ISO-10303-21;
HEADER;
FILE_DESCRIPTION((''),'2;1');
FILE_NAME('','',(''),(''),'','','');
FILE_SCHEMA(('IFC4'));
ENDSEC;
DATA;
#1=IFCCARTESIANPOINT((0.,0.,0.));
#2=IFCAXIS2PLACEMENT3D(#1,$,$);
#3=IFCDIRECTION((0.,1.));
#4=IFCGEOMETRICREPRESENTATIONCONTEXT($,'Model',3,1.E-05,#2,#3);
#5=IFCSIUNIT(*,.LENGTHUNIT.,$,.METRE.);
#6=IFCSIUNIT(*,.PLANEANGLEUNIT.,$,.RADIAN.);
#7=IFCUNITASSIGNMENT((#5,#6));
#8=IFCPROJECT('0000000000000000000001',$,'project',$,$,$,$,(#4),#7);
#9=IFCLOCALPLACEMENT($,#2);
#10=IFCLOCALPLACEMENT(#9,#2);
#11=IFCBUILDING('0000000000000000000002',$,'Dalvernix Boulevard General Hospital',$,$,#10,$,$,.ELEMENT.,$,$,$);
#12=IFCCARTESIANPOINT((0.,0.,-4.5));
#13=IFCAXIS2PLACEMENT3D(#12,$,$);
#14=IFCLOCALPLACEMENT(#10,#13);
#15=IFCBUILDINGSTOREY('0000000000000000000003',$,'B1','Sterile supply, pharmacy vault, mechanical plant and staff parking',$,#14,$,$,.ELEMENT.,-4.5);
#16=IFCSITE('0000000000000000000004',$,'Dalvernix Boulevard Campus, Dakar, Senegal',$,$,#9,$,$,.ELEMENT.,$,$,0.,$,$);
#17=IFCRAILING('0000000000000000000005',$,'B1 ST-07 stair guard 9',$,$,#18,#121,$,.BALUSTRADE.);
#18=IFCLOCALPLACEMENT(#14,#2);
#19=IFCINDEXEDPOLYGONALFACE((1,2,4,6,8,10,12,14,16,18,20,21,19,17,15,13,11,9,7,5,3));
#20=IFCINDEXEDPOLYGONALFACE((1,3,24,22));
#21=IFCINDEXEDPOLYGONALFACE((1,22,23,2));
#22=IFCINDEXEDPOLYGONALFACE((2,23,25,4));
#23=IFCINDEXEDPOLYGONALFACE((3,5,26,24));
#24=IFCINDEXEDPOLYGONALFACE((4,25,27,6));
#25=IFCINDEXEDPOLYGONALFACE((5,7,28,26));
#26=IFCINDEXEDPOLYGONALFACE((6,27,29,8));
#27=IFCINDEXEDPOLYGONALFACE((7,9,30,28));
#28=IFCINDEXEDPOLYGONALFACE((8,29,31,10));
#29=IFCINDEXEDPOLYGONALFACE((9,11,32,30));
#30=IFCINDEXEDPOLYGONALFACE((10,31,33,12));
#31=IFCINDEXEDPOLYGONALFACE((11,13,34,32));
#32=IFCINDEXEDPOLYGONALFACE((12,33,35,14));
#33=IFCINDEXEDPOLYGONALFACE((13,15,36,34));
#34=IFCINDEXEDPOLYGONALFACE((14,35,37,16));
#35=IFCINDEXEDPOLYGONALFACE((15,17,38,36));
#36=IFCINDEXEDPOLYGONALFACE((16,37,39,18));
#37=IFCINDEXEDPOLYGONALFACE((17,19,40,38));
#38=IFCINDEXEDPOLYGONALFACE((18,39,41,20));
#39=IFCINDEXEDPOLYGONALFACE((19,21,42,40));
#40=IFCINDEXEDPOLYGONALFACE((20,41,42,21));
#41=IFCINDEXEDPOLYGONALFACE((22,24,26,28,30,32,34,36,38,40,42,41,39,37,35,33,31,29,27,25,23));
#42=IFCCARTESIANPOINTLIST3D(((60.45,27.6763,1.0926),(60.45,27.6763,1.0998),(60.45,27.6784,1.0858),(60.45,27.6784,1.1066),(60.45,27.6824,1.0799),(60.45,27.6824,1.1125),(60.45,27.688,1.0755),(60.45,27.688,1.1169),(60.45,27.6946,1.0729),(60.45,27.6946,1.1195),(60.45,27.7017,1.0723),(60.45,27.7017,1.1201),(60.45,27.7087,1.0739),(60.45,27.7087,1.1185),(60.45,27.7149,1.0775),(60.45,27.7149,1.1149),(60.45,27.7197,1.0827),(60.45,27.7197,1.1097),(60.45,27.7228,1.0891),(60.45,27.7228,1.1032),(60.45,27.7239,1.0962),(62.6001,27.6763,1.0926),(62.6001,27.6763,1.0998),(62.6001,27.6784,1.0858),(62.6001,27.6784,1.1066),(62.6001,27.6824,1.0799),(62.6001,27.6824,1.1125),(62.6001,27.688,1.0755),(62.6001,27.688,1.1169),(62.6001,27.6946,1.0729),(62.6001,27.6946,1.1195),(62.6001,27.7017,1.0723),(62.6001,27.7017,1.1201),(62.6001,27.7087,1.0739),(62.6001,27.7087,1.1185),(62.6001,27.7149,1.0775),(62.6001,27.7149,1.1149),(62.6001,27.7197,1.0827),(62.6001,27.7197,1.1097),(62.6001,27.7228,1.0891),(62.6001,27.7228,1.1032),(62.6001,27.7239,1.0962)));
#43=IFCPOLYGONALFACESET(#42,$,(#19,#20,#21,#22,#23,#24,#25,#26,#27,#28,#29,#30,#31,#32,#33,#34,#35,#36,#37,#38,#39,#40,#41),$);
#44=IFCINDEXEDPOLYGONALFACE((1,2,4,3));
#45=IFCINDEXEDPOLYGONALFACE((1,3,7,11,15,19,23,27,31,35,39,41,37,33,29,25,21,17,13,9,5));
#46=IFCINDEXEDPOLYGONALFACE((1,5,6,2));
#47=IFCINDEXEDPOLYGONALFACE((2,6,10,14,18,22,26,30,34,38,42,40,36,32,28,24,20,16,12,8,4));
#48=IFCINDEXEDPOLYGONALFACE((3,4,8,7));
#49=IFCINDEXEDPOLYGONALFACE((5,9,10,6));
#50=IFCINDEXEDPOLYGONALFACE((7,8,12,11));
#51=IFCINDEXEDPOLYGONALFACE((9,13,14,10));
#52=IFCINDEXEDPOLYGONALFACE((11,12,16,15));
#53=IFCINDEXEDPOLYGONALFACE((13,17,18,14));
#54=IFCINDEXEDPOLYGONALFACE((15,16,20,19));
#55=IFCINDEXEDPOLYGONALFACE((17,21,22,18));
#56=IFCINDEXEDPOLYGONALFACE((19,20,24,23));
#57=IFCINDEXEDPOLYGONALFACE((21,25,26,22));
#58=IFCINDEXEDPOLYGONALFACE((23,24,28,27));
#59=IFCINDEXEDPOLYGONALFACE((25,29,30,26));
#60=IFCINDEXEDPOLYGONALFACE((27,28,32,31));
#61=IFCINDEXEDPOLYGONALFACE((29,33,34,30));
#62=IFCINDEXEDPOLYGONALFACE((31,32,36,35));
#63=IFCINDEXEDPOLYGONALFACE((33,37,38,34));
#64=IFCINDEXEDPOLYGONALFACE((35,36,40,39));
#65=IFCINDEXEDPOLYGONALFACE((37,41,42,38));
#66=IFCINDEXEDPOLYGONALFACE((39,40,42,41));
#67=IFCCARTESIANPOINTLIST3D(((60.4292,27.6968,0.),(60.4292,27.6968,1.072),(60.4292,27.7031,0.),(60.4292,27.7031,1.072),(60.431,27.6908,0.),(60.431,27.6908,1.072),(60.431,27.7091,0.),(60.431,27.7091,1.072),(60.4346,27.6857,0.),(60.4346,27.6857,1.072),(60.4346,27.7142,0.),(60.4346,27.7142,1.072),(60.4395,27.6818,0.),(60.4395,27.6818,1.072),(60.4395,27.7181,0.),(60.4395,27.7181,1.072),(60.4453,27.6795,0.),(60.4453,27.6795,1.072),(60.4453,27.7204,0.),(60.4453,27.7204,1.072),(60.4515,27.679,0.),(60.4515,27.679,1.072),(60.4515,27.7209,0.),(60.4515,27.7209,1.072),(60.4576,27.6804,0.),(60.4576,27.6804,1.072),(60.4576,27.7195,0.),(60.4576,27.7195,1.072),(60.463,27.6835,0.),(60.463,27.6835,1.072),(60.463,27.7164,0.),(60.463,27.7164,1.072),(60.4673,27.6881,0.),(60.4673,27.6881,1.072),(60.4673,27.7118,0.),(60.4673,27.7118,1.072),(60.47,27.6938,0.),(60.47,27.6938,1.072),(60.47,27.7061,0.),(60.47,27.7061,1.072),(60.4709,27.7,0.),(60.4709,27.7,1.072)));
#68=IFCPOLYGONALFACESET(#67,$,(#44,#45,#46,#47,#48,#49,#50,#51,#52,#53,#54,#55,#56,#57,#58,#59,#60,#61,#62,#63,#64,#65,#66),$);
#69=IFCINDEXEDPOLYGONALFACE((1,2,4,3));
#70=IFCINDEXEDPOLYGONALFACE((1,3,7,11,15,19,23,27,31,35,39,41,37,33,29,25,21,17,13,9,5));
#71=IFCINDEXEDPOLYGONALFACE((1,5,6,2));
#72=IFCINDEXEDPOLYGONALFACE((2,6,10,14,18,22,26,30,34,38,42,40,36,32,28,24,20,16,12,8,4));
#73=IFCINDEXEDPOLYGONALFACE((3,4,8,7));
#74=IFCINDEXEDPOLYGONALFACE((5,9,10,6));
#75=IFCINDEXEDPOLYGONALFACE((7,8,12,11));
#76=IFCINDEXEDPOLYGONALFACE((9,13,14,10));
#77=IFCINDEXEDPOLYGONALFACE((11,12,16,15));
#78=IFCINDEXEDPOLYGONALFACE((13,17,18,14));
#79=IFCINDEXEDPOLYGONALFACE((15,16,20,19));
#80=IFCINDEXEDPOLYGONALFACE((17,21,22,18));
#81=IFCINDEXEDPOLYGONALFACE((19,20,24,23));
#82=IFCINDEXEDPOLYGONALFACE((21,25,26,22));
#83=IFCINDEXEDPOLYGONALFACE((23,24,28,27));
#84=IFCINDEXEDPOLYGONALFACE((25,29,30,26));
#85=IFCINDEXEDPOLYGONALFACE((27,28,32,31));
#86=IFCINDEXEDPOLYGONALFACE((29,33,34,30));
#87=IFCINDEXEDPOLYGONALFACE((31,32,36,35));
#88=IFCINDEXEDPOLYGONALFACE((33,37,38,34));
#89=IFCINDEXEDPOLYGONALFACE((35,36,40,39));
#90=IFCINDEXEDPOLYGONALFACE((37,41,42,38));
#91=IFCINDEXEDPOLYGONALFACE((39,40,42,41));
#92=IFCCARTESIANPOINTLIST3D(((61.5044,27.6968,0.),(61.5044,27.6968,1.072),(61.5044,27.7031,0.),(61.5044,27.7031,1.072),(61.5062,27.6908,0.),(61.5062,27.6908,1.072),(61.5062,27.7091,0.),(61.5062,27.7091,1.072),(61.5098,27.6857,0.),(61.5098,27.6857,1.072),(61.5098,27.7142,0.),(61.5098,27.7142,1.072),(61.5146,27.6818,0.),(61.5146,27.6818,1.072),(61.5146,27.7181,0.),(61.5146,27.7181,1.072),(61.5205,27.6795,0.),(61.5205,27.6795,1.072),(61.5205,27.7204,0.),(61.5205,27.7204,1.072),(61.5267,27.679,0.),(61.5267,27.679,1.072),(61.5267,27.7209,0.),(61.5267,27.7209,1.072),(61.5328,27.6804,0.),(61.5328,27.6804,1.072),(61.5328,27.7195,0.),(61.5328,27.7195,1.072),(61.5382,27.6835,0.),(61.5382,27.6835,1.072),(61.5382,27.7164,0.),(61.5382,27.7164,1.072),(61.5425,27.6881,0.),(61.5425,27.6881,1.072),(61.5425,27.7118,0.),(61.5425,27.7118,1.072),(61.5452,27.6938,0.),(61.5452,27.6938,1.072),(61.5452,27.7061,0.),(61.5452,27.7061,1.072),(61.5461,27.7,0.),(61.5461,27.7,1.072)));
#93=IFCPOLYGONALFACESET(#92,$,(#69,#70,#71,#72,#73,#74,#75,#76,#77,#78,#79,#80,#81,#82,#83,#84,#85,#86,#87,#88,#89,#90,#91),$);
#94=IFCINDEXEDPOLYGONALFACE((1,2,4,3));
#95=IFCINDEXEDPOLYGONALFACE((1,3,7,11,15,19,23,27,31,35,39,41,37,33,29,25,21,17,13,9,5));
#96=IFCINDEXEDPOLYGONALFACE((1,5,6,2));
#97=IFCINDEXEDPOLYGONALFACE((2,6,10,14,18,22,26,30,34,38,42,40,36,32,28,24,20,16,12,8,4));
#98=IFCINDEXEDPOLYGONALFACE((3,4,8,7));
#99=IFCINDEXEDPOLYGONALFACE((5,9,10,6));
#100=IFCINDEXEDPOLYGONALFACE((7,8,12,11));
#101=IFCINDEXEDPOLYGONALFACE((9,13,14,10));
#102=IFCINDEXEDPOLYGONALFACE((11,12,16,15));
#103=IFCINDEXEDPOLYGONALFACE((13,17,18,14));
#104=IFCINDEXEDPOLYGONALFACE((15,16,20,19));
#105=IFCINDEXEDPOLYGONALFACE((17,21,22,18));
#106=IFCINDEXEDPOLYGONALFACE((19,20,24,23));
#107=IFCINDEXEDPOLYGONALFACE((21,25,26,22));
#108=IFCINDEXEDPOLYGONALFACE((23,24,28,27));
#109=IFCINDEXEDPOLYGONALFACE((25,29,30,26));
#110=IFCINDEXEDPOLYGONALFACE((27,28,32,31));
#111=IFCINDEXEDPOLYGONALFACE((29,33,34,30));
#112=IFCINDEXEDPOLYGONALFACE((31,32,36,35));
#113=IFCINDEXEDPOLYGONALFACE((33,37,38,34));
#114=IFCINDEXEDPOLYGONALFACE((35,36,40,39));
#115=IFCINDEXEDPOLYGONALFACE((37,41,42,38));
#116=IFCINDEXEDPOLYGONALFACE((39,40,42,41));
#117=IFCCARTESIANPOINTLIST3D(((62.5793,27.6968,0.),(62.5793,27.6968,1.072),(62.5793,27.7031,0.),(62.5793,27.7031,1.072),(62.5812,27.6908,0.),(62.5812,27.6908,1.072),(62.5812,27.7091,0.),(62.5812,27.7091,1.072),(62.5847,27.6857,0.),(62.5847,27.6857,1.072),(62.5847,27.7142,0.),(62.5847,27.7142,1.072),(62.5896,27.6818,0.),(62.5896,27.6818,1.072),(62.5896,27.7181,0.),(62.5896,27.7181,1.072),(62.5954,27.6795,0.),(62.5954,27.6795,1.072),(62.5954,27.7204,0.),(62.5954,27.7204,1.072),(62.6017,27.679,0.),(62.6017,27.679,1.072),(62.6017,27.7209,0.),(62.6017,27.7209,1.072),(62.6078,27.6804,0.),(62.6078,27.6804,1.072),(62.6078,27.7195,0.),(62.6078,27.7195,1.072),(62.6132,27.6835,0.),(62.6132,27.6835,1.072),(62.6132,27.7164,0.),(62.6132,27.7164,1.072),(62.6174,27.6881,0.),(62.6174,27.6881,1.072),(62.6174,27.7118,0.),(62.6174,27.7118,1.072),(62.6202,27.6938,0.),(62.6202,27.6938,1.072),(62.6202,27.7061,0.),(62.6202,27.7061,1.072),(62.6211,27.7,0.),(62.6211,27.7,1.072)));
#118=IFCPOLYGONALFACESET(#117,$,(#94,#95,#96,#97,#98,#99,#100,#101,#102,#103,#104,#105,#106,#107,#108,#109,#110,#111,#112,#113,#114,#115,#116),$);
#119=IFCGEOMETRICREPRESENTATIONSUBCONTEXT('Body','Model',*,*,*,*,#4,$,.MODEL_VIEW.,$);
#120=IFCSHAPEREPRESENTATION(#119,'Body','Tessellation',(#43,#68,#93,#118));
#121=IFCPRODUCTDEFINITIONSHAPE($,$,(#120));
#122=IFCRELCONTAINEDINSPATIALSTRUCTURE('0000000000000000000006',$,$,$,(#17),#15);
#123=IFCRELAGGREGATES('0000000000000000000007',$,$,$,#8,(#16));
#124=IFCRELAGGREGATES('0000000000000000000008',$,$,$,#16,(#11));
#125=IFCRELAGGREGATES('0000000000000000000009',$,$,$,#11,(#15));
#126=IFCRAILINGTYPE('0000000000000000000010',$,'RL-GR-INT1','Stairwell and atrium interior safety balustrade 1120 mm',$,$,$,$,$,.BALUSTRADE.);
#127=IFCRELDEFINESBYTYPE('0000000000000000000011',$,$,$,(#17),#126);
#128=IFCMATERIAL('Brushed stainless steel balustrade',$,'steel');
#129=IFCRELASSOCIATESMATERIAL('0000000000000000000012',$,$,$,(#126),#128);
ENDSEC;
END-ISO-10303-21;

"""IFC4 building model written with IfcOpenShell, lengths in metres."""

from ifc_helpers import new_model, si_unit, direction, frame, origin, origin_2d, place, context, subcontext, project, spatial, circle, extrude, material, type_object, element, save


model = new_model("IFC4")

# Units and contexts
model_context = context("Model", 3, precision=1e-05, world=origin(), true_north=direction((0.0, 1.0)))
body_context = subcontext(model_context, "Body", "Model", "MODEL_VIEW")
ifc_project = project(units=[si_unit("LENGTHUNIT", "METRE"), si_unit("PLANEANGLEUNIT", "RADIAN")], contexts=[model_context])

# Site, building, storey
site_placement = place(None, origin())
site = spatial("IfcSite", under=ifc_project, at=site_placement, Name="Dalvernix Boulevard Campus, Dakar, Senegal", CompositionType="ELEMENT", RefElevation=0.0)
building_placement = place(site_placement, origin())
building = spatial("IfcBuilding", under=site, at=building_placement, Name="Dalvernix Boulevard General Hospital", CompositionType="ELEMENT")
storey_placement = place(building_placement, frame((0.0, 0.0, -4.5)))
storey = spatial("IfcBuildingStorey", under=building, at=storey_placement, Name="B1", Description="Sterile supply, pharmacy vault, mechanical plant and staff parking", CompositionType="ELEMENT", Elevation=-4.5)

# Railing
ifc_material_1 = material(Name="Brushed stainless steel balustrade", Category="steel")
railing_type_1 = type_object("IfcRailingType", Name="RL-GR-INT1", Description="Stairwell and atrium interior safety balustrade 1120 mm", PredefinedType="BALUSTRADE", material=ifc_material_1)
for number, where, name in (
    (1, (60.45, 27.7, 0.0), "B1 ST-07 stair guard 9"),
):
    element("IfcRailing", number, at=place(storey_placement, frame(where)), inside=storey, type_object=railing_type_1, Name=name, PredefinedType="BALUSTRADE", context=body_context, shape_type="SweptSolid", body=[
        extrude(circle(Radius=0.0239, at=origin_2d()), frame((0.0, 0.0, 1.0962), z_axis=(1.0, 0.0, 0.0), x_axis=(0.0, 1.0, 0.0)), (0.0, 0.0, 1.0), 2.1501),
        extrude(circle(Radius=0.021, at=origin_2d()), origin(), (0.0, 0.0, 1.0), 1.072),
        extrude(circle(Radius=0.021, at=origin_2d()), frame((1.0752, 0.0, 0.0)), (0.0, 0.0, 1.0), 1.072),
        extrude(circle(Radius=0.021, at=origin_2d()), frame((2.1501, 0.0, 0.0)), (0.0, 0.0, 1.0), 1.072),
    ])

save(model, "model.ifc")
